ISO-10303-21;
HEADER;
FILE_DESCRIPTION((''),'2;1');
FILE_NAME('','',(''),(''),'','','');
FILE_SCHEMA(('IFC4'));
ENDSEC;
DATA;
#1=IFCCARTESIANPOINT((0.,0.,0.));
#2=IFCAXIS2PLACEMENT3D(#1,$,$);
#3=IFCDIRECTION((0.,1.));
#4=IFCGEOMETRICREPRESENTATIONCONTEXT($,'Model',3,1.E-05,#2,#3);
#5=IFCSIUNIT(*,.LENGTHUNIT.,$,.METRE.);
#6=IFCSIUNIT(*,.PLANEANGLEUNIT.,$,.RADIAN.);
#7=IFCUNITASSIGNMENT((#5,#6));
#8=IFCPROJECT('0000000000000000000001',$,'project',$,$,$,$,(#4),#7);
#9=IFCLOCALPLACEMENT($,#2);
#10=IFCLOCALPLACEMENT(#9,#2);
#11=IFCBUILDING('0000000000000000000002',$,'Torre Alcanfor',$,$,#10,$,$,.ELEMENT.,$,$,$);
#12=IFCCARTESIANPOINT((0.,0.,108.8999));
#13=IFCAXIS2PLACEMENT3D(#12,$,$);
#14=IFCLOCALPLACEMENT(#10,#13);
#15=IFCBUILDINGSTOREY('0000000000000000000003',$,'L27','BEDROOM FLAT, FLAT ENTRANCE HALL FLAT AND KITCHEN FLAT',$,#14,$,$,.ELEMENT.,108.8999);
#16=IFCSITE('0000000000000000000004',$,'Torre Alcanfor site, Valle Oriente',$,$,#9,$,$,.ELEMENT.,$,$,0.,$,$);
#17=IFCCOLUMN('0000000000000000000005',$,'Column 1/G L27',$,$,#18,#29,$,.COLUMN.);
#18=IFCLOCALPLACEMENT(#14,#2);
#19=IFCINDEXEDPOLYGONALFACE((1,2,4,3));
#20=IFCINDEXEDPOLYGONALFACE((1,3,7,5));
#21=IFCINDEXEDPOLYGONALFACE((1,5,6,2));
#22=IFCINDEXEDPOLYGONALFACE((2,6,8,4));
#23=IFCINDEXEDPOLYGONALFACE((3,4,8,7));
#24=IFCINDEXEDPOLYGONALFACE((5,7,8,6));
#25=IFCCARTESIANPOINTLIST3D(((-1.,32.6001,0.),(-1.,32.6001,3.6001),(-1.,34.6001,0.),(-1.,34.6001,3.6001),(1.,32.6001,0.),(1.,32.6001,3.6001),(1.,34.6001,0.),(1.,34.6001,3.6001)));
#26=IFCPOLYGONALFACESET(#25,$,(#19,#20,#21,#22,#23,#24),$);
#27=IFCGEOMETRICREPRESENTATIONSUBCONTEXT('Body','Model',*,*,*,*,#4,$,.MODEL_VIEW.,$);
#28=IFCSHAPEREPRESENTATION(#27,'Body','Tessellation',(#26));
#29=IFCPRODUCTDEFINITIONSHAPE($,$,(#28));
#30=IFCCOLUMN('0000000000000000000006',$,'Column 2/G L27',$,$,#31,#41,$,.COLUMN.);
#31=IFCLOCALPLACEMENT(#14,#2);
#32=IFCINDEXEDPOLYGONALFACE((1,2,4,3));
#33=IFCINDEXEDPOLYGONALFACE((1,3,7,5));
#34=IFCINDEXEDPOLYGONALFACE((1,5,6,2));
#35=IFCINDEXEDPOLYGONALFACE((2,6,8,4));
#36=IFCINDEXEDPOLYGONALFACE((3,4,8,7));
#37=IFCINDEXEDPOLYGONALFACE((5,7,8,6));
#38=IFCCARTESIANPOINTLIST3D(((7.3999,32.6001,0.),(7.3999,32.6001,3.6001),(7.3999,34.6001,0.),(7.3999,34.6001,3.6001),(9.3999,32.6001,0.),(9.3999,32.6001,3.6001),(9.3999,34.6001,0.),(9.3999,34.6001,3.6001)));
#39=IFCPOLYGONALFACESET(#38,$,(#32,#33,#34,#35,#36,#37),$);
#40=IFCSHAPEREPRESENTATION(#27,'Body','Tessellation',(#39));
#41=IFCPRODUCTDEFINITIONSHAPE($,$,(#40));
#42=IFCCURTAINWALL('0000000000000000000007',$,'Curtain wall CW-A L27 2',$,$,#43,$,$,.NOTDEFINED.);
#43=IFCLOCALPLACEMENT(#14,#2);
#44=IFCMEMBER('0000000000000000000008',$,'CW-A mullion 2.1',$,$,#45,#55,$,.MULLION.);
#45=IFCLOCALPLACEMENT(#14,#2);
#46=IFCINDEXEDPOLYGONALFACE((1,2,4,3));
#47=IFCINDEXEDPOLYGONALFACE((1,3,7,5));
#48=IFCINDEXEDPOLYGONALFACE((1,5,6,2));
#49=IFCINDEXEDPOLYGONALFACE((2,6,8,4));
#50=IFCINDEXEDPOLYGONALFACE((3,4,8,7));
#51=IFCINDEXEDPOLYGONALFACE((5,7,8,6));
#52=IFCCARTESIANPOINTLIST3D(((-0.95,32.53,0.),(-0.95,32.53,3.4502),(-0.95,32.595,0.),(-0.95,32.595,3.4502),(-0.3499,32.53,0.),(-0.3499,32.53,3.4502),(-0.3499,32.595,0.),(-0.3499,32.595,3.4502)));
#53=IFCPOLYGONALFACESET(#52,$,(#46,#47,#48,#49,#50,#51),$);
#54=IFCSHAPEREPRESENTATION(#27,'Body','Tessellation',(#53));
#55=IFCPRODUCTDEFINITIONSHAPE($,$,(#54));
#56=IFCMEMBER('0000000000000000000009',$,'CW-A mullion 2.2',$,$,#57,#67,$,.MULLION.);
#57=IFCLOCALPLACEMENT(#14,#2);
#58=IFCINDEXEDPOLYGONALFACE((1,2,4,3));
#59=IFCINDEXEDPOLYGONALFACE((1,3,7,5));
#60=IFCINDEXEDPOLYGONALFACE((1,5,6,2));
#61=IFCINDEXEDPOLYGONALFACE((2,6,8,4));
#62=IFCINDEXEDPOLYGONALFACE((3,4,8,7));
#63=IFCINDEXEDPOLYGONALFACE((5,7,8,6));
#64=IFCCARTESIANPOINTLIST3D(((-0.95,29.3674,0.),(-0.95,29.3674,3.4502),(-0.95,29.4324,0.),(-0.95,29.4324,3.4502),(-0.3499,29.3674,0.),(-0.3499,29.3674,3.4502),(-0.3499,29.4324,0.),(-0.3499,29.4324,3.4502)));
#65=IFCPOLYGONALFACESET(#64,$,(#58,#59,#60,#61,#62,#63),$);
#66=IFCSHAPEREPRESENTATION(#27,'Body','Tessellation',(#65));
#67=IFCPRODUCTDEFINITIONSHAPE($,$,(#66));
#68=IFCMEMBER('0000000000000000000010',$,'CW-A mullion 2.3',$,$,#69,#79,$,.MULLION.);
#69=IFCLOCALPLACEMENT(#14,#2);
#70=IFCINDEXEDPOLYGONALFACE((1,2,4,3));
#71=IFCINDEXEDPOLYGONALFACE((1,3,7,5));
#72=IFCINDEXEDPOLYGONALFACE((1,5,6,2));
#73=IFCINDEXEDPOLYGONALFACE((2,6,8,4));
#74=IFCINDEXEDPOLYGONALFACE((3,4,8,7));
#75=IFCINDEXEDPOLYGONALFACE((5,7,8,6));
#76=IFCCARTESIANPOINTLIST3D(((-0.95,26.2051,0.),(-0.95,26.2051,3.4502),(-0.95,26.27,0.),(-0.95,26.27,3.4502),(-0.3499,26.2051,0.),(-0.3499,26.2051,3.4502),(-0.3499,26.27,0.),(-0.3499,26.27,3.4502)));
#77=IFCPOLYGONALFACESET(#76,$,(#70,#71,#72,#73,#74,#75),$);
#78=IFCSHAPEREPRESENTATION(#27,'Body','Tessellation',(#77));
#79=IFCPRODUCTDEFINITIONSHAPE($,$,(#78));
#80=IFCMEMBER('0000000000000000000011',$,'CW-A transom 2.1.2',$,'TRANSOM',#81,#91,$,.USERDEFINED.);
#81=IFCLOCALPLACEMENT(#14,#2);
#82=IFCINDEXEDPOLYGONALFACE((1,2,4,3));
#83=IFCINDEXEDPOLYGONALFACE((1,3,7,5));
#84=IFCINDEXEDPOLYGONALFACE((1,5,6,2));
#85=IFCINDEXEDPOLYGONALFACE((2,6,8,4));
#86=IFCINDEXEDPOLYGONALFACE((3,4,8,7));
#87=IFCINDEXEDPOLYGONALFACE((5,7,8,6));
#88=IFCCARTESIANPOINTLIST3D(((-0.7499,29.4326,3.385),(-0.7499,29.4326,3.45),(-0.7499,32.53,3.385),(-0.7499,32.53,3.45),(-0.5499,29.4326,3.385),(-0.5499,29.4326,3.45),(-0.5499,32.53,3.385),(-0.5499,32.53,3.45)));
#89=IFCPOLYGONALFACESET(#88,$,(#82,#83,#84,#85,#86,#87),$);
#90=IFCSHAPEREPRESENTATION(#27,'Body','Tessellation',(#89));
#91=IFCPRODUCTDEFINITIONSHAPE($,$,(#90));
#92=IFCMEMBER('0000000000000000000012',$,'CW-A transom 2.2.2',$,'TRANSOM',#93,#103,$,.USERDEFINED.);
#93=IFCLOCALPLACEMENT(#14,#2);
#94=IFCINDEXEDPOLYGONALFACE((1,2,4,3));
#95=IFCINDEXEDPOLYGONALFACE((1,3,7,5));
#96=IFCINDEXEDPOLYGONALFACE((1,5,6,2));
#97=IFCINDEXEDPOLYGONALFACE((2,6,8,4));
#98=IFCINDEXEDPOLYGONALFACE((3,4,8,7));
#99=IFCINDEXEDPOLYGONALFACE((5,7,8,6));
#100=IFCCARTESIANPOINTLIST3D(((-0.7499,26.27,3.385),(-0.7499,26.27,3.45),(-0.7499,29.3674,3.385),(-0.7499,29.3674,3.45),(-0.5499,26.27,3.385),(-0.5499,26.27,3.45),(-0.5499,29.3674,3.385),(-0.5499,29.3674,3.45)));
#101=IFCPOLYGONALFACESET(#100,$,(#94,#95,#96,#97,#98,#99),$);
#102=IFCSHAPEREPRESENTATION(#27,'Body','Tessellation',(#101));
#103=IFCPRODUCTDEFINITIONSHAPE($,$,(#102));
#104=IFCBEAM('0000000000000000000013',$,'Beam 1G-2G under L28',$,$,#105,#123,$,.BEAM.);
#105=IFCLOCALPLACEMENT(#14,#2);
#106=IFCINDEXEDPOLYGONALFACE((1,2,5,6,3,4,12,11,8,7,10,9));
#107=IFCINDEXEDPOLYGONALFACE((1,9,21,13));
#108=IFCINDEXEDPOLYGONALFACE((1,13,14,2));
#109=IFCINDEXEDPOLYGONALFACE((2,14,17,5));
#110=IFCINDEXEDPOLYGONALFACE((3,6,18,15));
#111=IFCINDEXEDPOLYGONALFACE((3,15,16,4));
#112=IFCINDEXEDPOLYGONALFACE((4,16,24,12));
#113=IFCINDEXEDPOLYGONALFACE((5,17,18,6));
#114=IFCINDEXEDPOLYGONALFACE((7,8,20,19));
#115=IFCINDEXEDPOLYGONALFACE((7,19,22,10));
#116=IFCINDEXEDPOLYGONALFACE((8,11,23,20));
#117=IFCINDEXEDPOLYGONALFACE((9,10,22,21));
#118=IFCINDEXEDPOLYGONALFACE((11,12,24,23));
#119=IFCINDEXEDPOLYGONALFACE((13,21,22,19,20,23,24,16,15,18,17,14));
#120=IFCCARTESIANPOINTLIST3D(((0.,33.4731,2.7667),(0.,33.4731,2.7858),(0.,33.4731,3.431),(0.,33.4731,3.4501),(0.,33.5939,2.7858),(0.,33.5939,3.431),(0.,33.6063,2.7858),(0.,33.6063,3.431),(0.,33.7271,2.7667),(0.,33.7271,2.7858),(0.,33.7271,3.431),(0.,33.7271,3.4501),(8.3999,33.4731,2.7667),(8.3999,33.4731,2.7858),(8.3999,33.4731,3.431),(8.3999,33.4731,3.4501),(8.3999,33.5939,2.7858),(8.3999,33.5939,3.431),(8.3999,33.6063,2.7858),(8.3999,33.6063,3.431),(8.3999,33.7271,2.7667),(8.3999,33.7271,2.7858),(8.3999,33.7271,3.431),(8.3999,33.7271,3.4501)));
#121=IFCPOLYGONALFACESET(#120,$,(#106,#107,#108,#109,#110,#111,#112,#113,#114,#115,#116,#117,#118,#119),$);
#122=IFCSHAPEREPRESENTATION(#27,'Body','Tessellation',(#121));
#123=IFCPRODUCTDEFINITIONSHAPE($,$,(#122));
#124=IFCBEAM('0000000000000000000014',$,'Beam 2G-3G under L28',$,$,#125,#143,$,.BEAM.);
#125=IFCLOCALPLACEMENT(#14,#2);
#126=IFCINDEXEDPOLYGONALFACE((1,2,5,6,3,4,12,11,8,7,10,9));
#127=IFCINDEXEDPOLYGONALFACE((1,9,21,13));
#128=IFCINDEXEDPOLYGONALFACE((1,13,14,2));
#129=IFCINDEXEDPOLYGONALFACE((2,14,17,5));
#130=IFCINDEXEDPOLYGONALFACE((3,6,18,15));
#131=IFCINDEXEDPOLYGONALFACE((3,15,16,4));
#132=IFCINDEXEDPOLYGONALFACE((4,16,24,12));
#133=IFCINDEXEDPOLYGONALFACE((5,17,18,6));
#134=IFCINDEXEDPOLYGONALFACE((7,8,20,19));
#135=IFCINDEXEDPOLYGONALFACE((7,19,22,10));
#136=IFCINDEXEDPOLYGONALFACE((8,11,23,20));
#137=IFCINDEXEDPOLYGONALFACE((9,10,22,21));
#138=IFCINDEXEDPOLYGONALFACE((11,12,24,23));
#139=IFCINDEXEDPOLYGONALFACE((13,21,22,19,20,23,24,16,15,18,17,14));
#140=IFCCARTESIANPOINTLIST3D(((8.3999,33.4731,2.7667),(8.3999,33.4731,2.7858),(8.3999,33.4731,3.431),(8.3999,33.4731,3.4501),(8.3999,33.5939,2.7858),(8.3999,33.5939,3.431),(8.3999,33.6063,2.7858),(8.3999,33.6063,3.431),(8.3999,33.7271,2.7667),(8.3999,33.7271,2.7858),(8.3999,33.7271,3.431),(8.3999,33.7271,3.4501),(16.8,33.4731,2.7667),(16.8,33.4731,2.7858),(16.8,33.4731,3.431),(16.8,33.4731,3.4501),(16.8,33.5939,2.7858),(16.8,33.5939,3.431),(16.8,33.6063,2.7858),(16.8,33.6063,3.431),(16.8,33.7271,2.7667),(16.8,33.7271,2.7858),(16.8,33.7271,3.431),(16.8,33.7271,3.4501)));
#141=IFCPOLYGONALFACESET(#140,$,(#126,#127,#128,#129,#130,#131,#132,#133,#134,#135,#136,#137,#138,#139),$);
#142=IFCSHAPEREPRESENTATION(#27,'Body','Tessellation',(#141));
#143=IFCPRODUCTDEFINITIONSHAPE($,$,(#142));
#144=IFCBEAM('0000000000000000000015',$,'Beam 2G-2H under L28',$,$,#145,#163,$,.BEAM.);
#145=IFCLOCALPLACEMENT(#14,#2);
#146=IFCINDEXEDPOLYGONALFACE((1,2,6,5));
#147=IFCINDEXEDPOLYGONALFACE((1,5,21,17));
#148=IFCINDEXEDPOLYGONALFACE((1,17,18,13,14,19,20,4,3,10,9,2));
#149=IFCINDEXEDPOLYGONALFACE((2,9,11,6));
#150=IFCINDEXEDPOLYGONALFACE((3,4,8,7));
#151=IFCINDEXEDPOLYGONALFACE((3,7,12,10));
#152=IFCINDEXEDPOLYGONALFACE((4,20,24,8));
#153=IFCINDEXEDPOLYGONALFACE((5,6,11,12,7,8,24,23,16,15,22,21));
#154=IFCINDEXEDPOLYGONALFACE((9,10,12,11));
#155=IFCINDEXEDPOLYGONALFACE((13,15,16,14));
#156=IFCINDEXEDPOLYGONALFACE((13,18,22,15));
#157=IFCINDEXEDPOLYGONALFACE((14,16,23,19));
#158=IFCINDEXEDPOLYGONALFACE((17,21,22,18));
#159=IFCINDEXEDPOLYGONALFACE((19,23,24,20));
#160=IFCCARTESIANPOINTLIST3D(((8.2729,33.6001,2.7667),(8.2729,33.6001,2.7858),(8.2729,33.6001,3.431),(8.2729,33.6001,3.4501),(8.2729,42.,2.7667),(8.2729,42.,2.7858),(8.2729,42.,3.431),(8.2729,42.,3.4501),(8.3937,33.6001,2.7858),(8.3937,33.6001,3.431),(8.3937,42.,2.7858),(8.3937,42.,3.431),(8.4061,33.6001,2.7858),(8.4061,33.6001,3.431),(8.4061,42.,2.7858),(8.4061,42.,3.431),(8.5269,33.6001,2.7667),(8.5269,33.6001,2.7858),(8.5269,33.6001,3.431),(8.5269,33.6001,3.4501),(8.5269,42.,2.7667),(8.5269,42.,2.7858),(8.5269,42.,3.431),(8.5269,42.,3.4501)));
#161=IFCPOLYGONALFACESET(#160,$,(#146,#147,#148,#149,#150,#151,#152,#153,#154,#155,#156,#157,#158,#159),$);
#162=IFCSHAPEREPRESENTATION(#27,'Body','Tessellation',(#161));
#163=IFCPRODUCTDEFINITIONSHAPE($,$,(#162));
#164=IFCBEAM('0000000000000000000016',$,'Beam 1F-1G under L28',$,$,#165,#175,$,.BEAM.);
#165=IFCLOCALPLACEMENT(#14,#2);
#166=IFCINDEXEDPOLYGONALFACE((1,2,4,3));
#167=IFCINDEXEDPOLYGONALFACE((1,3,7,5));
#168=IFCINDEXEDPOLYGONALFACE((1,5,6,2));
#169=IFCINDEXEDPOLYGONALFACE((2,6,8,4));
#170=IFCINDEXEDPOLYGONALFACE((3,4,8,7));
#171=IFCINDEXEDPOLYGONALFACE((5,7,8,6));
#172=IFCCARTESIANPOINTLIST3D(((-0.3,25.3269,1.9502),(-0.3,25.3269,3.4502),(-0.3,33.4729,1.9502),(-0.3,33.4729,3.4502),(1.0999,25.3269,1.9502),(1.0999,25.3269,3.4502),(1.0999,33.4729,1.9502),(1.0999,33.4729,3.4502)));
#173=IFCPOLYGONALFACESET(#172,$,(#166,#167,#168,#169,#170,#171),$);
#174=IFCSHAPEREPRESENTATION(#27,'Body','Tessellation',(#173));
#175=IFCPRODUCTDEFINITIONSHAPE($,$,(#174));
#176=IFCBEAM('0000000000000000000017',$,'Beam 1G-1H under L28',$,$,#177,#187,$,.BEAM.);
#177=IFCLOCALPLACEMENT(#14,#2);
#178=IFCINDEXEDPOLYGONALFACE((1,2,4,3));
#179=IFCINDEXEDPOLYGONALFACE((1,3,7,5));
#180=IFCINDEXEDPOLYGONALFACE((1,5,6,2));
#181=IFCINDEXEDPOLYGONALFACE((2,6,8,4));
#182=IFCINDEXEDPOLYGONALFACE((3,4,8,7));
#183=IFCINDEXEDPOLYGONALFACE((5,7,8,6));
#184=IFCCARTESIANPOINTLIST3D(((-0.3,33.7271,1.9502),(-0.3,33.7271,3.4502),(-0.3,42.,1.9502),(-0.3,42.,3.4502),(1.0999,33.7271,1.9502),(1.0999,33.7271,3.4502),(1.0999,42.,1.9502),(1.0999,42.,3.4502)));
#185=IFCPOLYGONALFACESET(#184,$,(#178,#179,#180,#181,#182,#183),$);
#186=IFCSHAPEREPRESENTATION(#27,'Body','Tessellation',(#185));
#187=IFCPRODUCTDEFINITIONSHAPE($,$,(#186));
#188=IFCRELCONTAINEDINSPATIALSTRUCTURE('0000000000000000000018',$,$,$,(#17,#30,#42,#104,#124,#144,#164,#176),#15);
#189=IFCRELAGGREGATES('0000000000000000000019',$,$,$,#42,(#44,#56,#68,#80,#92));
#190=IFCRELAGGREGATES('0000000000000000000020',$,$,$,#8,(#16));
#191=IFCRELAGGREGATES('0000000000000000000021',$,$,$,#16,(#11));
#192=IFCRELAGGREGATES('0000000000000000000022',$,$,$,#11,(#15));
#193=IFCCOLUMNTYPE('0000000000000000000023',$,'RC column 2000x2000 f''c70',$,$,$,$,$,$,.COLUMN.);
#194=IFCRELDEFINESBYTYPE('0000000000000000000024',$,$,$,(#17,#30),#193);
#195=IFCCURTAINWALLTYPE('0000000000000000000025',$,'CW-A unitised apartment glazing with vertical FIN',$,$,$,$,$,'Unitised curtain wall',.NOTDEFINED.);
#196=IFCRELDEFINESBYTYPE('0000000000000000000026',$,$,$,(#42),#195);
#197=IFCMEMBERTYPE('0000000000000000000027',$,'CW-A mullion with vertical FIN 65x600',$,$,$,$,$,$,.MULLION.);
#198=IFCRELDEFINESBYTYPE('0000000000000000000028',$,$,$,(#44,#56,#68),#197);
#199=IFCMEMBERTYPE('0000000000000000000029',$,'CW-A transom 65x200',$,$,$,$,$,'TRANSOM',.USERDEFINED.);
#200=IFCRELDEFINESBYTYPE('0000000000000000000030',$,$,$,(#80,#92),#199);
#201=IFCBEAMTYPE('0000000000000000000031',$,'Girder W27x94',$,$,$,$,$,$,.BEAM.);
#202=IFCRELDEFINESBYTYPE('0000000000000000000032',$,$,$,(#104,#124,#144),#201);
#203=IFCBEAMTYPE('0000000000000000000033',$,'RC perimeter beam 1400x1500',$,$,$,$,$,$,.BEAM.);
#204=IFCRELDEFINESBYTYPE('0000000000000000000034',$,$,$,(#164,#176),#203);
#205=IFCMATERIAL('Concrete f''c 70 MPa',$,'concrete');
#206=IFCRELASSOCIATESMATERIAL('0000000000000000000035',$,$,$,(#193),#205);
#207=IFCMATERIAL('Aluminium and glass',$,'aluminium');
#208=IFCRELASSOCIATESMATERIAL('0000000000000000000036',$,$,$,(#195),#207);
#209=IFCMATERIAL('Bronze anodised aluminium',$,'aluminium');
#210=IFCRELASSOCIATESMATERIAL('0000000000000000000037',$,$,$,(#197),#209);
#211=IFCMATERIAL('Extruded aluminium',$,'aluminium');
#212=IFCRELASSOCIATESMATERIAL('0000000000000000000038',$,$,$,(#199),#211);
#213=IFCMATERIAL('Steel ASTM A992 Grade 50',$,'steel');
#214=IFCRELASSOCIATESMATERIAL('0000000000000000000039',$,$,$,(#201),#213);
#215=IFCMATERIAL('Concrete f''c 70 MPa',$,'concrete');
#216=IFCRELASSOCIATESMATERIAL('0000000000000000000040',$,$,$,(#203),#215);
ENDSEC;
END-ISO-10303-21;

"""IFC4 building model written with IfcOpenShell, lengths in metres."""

from ifc_helpers import new_model, si_unit, direction, frame, origin, origin_2d, place, context, subcontext, project, spatial, rectangle, i_section, extrude, material, material_profile, profile_set, type_object, element, aggregate, save


model = new_model("IFC4")

# Units and contexts
model_context = context("Model", 3, precision=1e-05, world=origin(), true_north=direction((0.0, 1.0)))
body_context = subcontext(model_context, "Body", "Model", "MODEL_VIEW")
ifc_project = project(units=[si_unit("LENGTHUNIT", "METRE"), si_unit("PLANEANGLEUNIT", "RADIAN")], contexts=[model_context])

# Site, building, storey
site_placement = place(None, origin())
site = spatial("IfcSite", under=ifc_project, at=site_placement, Name="Torre Alcanfor site, Valle Oriente", CompositionType="ELEMENT", RefElevation=0.0)
building_placement = place(site_placement, origin())
building = spatial("IfcBuilding", under=site, at=building_placement, Name="Torre Alcanfor", CompositionType="ELEMENT")
storey_placement = place(building_placement, frame((0.0, 0.0, 108.8999)))
storey = spatial("IfcBuildingStorey", under=building, at=storey_placement, Name="L27", Description="BEDROOM FLAT, FLAT ENTRANCE HALL FLAT AND KITCHEN FLAT", CompositionType="ELEMENT", Elevation=108.8999)

# Columns
ifc_material_1 = material(Name="Concrete f'c 70 MPa", Category="concrete")
ifc_material_profile_1 = material_profile(ifc_material_1, rectangle(XDim=2.0, YDim=2.0, at=origin_2d()), Name="2000x2000")
ifc_profile_set_1 = profile_set([ifc_material_profile_1], Name="Concrete f'c 70 MPa")
column_type = type_object("IfcColumnType", Name="RC column 2000x2000 f'c70", PredefinedType="COLUMN", material=ifc_profile_set_1)
for number, where, z_axis, x_axis, name in (
    (1, (0.0, 33.6001, 0.0), (0.0, 0.0, 1.0), (1.0, 0.0, 0.0), "Column 1/G L27"),
    (2, (8.3999, 33.6001, 0.0), (0.0, 0.0, 1.0), (1.0, 0.0, 0.0), "Column 2/G L27"),
):
    element("IfcColumn", number, at=place(storey_placement, frame(where, z_axis=z_axis, x_axis=x_axis)), inside=storey, type_object=column_type, Name=name, PredefinedType="COLUMN", context=body_context, shape_type="SweptSolid", body=[
        extrude(rectangle(XDim=2.0, YDim=2.0, at=origin_2d()), origin(), (0.0, 0.0, 1.0), 3.6001),
    ])

# Curtain wall, members
ifc_material_2 = material(Name="Aluminium and glass", Category="aluminium")
curtain_wall_type = type_object("IfcCurtainWallType", Name="CW-A unitised apartment glazing with vertical FIN", ElementType="Unitised curtain wall", PredefinedType="NOTDEFINED", material=ifc_material_2)
curtain_wall_placement = place(storey_placement, origin())
curtain_wall = element("IfcCurtainWall", 3, at=curtain_wall_placement, inside=storey, type_object=curtain_wall_type, Name="Curtain wall CW-A L27 2", PredefinedType="NOTDEFINED")
ifc_material_3 = material(Name="Bronze anodised aluminium", Category="aluminium")
ifc_material_profile_2 = material_profile(ifc_material_3, rectangle(XDim=0.6001, YDim=0.0649, at=origin_2d()), Name="CW-A mullion 65x600")
ifc_profile_set_2 = profile_set([ifc_material_profile_2], Name="Bronze anodised aluminium")
member_type_1 = type_object("IfcMemberType", Name="CW-A mullion with vertical FIN 65x600", PredefinedType="MULLION", material=ifc_profile_set_2)
member_1_placement = place(storey_placement, frame((-0.6499, 32.5625, 0.0), z_axis=(0.0, 0.0, 1.0), x_axis=(1.0, 0.0, 0.0)))
member_1 = element("IfcMember", 4, at=member_1_placement, type_object=member_type_1, Name="CW-A mullion 2.1", PredefinedType="MULLION", context=body_context, shape_type="SweptSolid", body=[
    extrude(rectangle(XDim=0.6001, YDim=0.0649, at=origin_2d()), origin(), (0.0, 0.0, 1.0), 3.4502),
])
member_2_placement = place(storey_placement, frame((-0.6499, 29.3999, 0.0), z_axis=(0.0, 0.0, 1.0), x_axis=(1.0, 0.0, 0.0)))
member_2 = element("IfcMember", 5, at=member_2_placement, type_object=member_type_1, Name="CW-A mullion 2.2", PredefinedType="MULLION", context=body_context, shape_type="SweptSolid", body=[
    extrude(rectangle(XDim=0.6001, YDim=0.0649, at=origin_2d()), origin(), (0.0, 0.0, 1.0), 3.4502),
])
member_3_placement = place(storey_placement, frame((-0.6499, 26.2375, 0.0), z_axis=(0.0, 0.0, 1.0), x_axis=(1.0, 0.0, 0.0)))
member_3 = element("IfcMember", 6, at=member_3_placement, type_object=member_type_1, Name="CW-A mullion 2.3", PredefinedType="MULLION", context=body_context, shape_type="SweptSolid", body=[
    extrude(rectangle(XDim=0.6001, YDim=0.0649, at=origin_2d()), origin(), (0.0, 0.0, 1.0), 3.4502),
])
ifc_material_4 = material(Name="Extruded aluminium", Category="aluminium")
ifc_material_profile_3 = material_profile(ifc_material_4, rectangle(XDim=0.2, YDim=0.0649, at=origin_2d()), Name="CW-A transom 200x65")
ifc_profile_set_3 = profile_set([ifc_material_profile_3], Name="Extruded aluminium")
member_type_2 = type_object("IfcMemberType", Name="CW-A transom 65x200", ElementType="TRANSOM", PredefinedType="USERDEFINED", material=ifc_profile_set_3)
member_4_placement = place(storey_placement, frame((-0.6499, 32.53, 3.4175), z_axis=(0.0, -1.0, 0.0), x_axis=(1.0, 0.0, 0.0)))
member_4 = element("IfcMember", 7, at=member_4_placement, type_object=member_type_2, Name="CW-A transom 2.1.2", ObjectType="TRANSOM", PredefinedType="USERDEFINED", context=body_context, shape_type="SweptSolid", body=[
    extrude(rectangle(XDim=0.2, YDim=0.0649, at=origin_2d()), origin(), (0.0, 0.0, 1.0), 3.0974),
])
member_5_placement = place(storey_placement, frame((-0.6499, 29.3674, 3.4175), z_axis=(0.0, -1.0, 0.0), x_axis=(1.0, 0.0, 0.0)))
member_5 = element("IfcMember", 8, at=member_5_placement, type_object=member_type_2, Name="CW-A transom 2.2.2", ObjectType="TRANSOM", PredefinedType="USERDEFINED", context=body_context, shape_type="SweptSolid", body=[
    extrude(rectangle(XDim=0.2, YDim=0.0649, at=origin_2d()), origin(), (0.0, 0.0, 1.0), 3.0974),
])

# Beams
ifc_material_5 = material(Name="Steel ASTM A992 Grade 50", Category="steel")
ifc_material_profile_4 = material_profile(ifc_material_5, i_section(OverallWidth=0.2539, OverallDepth=0.6833, WebThickness=0.0125, FlangeThickness=0.019, at=origin_2d()), Name="W27x94")
ifc_profile_set_4 = profile_set([ifc_material_profile_4], Name="Steel ASTM A992 Grade 50")
beam_type_1 = type_object("IfcBeamType", Name="Girder W27x94", PredefinedType="BEAM", material=ifc_profile_set_4)
beam_1_placement = place(storey_placement, frame((0.0, 33.6001, 3.1084), z_axis=(1.0, 0.0, 0.0), x_axis=(0.0, 1.0, 0.0)))
element("IfcBeam", 9, at=beam_1_placement, inside=storey, type_object=beam_type_1, Name="Beam 1G-2G under L28", PredefinedType="BEAM", context=body_context, shape_type="SweptSolid", body=[
    extrude(i_section(OverallWidth=0.2539, OverallDepth=0.6833, WebThickness=0.0125, FlangeThickness=0.019, at=origin_2d()), origin(), (0.0, 0.0, 1.0), 8.3999),
])
beam_2_placement = place(storey_placement, frame((8.3999, 33.6001, 3.1084), z_axis=(1.0, 0.0, 0.0), x_axis=(0.0, 1.0, 0.0)))
element("IfcBeam", 10, at=beam_2_placement, inside=storey, type_object=beam_type_1, Name="Beam 2G-3G under L28", PredefinedType="BEAM", context=body_context, shape_type="SweptSolid", body=[
    extrude(i_section(OverallWidth=0.2539, OverallDepth=0.6833, WebThickness=0.0125, FlangeThickness=0.019, at=origin_2d()), origin(), (0.0, 0.0, 1.0), 8.4001),
])
beam_3_placement = place(storey_placement, frame((8.3999, 33.6001, 3.1084), z_axis=(0.0, 1.0, 0.0), x_axis=(-1.0, 0.0, 0.0)))
element("IfcBeam", 11, at=beam_3_placement, inside=storey, type_object=beam_type_1, Name="Beam 2G-2H under L28", PredefinedType="BEAM", context=body_context, shape_type="SweptSolid", body=[
    extrude(i_section(OverallWidth=0.2539, OverallDepth=0.6833, WebThickness=0.0125, FlangeThickness=0.019, at=origin_2d()), origin(), (0.0, 0.0, 1.0), 8.3999),
])
ifc_material_6 = material(Name="Concrete f'c 70 MPa", Category="concrete")
ifc_material_profile_5 = material_profile(ifc_material_6, rectangle(XDim=1.3999, YDim=1.5, at=origin_2d()), Name="1400x1500")
ifc_profile_set_5 = profile_set([ifc_material_profile_5], Name="Concrete f'c 70 MPa")
beam_type_2 = type_object("IfcBeamType", Name="RC perimeter beam 1400x1500", PredefinedType="BEAM", material=ifc_profile_set_5)
beam_4_placement = place(storey_placement, frame((0.3999, 25.3269, 2.7002), z_axis=(0.0, 1.0, 0.0), x_axis=(-1.0, 0.0, 0.0)))
element("IfcBeam", 12, at=beam_4_placement, inside=storey, type_object=beam_type_2, Name="Beam 1F-1G under L28", PredefinedType="BEAM", context=body_context, shape_type="SweptSolid", body=[
    extrude(rectangle(XDim=1.3999, YDim=1.5, at=origin_2d()), origin(), (0.0, 0.0, 1.0), 8.146),
])
beam_5_placement = place(storey_placement, frame((0.3999, 33.7271, 2.7002), z_axis=(0.0, 1.0, 0.0), x_axis=(-1.0, 0.0, 0.0)))
element("IfcBeam", 13, at=beam_5_placement, inside=storey, type_object=beam_type_2, Name="Beam 1G-1H under L28", PredefinedType="BEAM", context=body_context, shape_type="SweptSolid", body=[
    extrude(rectangle(XDim=1.3999, YDim=1.5, at=origin_2d()), origin(), (0.0, 0.0, 1.0), 8.2729),
])

aggregate(curtain_wall, [member_1, member_2, member_3, member_4, member_5])

save(model, "model.ifc")
